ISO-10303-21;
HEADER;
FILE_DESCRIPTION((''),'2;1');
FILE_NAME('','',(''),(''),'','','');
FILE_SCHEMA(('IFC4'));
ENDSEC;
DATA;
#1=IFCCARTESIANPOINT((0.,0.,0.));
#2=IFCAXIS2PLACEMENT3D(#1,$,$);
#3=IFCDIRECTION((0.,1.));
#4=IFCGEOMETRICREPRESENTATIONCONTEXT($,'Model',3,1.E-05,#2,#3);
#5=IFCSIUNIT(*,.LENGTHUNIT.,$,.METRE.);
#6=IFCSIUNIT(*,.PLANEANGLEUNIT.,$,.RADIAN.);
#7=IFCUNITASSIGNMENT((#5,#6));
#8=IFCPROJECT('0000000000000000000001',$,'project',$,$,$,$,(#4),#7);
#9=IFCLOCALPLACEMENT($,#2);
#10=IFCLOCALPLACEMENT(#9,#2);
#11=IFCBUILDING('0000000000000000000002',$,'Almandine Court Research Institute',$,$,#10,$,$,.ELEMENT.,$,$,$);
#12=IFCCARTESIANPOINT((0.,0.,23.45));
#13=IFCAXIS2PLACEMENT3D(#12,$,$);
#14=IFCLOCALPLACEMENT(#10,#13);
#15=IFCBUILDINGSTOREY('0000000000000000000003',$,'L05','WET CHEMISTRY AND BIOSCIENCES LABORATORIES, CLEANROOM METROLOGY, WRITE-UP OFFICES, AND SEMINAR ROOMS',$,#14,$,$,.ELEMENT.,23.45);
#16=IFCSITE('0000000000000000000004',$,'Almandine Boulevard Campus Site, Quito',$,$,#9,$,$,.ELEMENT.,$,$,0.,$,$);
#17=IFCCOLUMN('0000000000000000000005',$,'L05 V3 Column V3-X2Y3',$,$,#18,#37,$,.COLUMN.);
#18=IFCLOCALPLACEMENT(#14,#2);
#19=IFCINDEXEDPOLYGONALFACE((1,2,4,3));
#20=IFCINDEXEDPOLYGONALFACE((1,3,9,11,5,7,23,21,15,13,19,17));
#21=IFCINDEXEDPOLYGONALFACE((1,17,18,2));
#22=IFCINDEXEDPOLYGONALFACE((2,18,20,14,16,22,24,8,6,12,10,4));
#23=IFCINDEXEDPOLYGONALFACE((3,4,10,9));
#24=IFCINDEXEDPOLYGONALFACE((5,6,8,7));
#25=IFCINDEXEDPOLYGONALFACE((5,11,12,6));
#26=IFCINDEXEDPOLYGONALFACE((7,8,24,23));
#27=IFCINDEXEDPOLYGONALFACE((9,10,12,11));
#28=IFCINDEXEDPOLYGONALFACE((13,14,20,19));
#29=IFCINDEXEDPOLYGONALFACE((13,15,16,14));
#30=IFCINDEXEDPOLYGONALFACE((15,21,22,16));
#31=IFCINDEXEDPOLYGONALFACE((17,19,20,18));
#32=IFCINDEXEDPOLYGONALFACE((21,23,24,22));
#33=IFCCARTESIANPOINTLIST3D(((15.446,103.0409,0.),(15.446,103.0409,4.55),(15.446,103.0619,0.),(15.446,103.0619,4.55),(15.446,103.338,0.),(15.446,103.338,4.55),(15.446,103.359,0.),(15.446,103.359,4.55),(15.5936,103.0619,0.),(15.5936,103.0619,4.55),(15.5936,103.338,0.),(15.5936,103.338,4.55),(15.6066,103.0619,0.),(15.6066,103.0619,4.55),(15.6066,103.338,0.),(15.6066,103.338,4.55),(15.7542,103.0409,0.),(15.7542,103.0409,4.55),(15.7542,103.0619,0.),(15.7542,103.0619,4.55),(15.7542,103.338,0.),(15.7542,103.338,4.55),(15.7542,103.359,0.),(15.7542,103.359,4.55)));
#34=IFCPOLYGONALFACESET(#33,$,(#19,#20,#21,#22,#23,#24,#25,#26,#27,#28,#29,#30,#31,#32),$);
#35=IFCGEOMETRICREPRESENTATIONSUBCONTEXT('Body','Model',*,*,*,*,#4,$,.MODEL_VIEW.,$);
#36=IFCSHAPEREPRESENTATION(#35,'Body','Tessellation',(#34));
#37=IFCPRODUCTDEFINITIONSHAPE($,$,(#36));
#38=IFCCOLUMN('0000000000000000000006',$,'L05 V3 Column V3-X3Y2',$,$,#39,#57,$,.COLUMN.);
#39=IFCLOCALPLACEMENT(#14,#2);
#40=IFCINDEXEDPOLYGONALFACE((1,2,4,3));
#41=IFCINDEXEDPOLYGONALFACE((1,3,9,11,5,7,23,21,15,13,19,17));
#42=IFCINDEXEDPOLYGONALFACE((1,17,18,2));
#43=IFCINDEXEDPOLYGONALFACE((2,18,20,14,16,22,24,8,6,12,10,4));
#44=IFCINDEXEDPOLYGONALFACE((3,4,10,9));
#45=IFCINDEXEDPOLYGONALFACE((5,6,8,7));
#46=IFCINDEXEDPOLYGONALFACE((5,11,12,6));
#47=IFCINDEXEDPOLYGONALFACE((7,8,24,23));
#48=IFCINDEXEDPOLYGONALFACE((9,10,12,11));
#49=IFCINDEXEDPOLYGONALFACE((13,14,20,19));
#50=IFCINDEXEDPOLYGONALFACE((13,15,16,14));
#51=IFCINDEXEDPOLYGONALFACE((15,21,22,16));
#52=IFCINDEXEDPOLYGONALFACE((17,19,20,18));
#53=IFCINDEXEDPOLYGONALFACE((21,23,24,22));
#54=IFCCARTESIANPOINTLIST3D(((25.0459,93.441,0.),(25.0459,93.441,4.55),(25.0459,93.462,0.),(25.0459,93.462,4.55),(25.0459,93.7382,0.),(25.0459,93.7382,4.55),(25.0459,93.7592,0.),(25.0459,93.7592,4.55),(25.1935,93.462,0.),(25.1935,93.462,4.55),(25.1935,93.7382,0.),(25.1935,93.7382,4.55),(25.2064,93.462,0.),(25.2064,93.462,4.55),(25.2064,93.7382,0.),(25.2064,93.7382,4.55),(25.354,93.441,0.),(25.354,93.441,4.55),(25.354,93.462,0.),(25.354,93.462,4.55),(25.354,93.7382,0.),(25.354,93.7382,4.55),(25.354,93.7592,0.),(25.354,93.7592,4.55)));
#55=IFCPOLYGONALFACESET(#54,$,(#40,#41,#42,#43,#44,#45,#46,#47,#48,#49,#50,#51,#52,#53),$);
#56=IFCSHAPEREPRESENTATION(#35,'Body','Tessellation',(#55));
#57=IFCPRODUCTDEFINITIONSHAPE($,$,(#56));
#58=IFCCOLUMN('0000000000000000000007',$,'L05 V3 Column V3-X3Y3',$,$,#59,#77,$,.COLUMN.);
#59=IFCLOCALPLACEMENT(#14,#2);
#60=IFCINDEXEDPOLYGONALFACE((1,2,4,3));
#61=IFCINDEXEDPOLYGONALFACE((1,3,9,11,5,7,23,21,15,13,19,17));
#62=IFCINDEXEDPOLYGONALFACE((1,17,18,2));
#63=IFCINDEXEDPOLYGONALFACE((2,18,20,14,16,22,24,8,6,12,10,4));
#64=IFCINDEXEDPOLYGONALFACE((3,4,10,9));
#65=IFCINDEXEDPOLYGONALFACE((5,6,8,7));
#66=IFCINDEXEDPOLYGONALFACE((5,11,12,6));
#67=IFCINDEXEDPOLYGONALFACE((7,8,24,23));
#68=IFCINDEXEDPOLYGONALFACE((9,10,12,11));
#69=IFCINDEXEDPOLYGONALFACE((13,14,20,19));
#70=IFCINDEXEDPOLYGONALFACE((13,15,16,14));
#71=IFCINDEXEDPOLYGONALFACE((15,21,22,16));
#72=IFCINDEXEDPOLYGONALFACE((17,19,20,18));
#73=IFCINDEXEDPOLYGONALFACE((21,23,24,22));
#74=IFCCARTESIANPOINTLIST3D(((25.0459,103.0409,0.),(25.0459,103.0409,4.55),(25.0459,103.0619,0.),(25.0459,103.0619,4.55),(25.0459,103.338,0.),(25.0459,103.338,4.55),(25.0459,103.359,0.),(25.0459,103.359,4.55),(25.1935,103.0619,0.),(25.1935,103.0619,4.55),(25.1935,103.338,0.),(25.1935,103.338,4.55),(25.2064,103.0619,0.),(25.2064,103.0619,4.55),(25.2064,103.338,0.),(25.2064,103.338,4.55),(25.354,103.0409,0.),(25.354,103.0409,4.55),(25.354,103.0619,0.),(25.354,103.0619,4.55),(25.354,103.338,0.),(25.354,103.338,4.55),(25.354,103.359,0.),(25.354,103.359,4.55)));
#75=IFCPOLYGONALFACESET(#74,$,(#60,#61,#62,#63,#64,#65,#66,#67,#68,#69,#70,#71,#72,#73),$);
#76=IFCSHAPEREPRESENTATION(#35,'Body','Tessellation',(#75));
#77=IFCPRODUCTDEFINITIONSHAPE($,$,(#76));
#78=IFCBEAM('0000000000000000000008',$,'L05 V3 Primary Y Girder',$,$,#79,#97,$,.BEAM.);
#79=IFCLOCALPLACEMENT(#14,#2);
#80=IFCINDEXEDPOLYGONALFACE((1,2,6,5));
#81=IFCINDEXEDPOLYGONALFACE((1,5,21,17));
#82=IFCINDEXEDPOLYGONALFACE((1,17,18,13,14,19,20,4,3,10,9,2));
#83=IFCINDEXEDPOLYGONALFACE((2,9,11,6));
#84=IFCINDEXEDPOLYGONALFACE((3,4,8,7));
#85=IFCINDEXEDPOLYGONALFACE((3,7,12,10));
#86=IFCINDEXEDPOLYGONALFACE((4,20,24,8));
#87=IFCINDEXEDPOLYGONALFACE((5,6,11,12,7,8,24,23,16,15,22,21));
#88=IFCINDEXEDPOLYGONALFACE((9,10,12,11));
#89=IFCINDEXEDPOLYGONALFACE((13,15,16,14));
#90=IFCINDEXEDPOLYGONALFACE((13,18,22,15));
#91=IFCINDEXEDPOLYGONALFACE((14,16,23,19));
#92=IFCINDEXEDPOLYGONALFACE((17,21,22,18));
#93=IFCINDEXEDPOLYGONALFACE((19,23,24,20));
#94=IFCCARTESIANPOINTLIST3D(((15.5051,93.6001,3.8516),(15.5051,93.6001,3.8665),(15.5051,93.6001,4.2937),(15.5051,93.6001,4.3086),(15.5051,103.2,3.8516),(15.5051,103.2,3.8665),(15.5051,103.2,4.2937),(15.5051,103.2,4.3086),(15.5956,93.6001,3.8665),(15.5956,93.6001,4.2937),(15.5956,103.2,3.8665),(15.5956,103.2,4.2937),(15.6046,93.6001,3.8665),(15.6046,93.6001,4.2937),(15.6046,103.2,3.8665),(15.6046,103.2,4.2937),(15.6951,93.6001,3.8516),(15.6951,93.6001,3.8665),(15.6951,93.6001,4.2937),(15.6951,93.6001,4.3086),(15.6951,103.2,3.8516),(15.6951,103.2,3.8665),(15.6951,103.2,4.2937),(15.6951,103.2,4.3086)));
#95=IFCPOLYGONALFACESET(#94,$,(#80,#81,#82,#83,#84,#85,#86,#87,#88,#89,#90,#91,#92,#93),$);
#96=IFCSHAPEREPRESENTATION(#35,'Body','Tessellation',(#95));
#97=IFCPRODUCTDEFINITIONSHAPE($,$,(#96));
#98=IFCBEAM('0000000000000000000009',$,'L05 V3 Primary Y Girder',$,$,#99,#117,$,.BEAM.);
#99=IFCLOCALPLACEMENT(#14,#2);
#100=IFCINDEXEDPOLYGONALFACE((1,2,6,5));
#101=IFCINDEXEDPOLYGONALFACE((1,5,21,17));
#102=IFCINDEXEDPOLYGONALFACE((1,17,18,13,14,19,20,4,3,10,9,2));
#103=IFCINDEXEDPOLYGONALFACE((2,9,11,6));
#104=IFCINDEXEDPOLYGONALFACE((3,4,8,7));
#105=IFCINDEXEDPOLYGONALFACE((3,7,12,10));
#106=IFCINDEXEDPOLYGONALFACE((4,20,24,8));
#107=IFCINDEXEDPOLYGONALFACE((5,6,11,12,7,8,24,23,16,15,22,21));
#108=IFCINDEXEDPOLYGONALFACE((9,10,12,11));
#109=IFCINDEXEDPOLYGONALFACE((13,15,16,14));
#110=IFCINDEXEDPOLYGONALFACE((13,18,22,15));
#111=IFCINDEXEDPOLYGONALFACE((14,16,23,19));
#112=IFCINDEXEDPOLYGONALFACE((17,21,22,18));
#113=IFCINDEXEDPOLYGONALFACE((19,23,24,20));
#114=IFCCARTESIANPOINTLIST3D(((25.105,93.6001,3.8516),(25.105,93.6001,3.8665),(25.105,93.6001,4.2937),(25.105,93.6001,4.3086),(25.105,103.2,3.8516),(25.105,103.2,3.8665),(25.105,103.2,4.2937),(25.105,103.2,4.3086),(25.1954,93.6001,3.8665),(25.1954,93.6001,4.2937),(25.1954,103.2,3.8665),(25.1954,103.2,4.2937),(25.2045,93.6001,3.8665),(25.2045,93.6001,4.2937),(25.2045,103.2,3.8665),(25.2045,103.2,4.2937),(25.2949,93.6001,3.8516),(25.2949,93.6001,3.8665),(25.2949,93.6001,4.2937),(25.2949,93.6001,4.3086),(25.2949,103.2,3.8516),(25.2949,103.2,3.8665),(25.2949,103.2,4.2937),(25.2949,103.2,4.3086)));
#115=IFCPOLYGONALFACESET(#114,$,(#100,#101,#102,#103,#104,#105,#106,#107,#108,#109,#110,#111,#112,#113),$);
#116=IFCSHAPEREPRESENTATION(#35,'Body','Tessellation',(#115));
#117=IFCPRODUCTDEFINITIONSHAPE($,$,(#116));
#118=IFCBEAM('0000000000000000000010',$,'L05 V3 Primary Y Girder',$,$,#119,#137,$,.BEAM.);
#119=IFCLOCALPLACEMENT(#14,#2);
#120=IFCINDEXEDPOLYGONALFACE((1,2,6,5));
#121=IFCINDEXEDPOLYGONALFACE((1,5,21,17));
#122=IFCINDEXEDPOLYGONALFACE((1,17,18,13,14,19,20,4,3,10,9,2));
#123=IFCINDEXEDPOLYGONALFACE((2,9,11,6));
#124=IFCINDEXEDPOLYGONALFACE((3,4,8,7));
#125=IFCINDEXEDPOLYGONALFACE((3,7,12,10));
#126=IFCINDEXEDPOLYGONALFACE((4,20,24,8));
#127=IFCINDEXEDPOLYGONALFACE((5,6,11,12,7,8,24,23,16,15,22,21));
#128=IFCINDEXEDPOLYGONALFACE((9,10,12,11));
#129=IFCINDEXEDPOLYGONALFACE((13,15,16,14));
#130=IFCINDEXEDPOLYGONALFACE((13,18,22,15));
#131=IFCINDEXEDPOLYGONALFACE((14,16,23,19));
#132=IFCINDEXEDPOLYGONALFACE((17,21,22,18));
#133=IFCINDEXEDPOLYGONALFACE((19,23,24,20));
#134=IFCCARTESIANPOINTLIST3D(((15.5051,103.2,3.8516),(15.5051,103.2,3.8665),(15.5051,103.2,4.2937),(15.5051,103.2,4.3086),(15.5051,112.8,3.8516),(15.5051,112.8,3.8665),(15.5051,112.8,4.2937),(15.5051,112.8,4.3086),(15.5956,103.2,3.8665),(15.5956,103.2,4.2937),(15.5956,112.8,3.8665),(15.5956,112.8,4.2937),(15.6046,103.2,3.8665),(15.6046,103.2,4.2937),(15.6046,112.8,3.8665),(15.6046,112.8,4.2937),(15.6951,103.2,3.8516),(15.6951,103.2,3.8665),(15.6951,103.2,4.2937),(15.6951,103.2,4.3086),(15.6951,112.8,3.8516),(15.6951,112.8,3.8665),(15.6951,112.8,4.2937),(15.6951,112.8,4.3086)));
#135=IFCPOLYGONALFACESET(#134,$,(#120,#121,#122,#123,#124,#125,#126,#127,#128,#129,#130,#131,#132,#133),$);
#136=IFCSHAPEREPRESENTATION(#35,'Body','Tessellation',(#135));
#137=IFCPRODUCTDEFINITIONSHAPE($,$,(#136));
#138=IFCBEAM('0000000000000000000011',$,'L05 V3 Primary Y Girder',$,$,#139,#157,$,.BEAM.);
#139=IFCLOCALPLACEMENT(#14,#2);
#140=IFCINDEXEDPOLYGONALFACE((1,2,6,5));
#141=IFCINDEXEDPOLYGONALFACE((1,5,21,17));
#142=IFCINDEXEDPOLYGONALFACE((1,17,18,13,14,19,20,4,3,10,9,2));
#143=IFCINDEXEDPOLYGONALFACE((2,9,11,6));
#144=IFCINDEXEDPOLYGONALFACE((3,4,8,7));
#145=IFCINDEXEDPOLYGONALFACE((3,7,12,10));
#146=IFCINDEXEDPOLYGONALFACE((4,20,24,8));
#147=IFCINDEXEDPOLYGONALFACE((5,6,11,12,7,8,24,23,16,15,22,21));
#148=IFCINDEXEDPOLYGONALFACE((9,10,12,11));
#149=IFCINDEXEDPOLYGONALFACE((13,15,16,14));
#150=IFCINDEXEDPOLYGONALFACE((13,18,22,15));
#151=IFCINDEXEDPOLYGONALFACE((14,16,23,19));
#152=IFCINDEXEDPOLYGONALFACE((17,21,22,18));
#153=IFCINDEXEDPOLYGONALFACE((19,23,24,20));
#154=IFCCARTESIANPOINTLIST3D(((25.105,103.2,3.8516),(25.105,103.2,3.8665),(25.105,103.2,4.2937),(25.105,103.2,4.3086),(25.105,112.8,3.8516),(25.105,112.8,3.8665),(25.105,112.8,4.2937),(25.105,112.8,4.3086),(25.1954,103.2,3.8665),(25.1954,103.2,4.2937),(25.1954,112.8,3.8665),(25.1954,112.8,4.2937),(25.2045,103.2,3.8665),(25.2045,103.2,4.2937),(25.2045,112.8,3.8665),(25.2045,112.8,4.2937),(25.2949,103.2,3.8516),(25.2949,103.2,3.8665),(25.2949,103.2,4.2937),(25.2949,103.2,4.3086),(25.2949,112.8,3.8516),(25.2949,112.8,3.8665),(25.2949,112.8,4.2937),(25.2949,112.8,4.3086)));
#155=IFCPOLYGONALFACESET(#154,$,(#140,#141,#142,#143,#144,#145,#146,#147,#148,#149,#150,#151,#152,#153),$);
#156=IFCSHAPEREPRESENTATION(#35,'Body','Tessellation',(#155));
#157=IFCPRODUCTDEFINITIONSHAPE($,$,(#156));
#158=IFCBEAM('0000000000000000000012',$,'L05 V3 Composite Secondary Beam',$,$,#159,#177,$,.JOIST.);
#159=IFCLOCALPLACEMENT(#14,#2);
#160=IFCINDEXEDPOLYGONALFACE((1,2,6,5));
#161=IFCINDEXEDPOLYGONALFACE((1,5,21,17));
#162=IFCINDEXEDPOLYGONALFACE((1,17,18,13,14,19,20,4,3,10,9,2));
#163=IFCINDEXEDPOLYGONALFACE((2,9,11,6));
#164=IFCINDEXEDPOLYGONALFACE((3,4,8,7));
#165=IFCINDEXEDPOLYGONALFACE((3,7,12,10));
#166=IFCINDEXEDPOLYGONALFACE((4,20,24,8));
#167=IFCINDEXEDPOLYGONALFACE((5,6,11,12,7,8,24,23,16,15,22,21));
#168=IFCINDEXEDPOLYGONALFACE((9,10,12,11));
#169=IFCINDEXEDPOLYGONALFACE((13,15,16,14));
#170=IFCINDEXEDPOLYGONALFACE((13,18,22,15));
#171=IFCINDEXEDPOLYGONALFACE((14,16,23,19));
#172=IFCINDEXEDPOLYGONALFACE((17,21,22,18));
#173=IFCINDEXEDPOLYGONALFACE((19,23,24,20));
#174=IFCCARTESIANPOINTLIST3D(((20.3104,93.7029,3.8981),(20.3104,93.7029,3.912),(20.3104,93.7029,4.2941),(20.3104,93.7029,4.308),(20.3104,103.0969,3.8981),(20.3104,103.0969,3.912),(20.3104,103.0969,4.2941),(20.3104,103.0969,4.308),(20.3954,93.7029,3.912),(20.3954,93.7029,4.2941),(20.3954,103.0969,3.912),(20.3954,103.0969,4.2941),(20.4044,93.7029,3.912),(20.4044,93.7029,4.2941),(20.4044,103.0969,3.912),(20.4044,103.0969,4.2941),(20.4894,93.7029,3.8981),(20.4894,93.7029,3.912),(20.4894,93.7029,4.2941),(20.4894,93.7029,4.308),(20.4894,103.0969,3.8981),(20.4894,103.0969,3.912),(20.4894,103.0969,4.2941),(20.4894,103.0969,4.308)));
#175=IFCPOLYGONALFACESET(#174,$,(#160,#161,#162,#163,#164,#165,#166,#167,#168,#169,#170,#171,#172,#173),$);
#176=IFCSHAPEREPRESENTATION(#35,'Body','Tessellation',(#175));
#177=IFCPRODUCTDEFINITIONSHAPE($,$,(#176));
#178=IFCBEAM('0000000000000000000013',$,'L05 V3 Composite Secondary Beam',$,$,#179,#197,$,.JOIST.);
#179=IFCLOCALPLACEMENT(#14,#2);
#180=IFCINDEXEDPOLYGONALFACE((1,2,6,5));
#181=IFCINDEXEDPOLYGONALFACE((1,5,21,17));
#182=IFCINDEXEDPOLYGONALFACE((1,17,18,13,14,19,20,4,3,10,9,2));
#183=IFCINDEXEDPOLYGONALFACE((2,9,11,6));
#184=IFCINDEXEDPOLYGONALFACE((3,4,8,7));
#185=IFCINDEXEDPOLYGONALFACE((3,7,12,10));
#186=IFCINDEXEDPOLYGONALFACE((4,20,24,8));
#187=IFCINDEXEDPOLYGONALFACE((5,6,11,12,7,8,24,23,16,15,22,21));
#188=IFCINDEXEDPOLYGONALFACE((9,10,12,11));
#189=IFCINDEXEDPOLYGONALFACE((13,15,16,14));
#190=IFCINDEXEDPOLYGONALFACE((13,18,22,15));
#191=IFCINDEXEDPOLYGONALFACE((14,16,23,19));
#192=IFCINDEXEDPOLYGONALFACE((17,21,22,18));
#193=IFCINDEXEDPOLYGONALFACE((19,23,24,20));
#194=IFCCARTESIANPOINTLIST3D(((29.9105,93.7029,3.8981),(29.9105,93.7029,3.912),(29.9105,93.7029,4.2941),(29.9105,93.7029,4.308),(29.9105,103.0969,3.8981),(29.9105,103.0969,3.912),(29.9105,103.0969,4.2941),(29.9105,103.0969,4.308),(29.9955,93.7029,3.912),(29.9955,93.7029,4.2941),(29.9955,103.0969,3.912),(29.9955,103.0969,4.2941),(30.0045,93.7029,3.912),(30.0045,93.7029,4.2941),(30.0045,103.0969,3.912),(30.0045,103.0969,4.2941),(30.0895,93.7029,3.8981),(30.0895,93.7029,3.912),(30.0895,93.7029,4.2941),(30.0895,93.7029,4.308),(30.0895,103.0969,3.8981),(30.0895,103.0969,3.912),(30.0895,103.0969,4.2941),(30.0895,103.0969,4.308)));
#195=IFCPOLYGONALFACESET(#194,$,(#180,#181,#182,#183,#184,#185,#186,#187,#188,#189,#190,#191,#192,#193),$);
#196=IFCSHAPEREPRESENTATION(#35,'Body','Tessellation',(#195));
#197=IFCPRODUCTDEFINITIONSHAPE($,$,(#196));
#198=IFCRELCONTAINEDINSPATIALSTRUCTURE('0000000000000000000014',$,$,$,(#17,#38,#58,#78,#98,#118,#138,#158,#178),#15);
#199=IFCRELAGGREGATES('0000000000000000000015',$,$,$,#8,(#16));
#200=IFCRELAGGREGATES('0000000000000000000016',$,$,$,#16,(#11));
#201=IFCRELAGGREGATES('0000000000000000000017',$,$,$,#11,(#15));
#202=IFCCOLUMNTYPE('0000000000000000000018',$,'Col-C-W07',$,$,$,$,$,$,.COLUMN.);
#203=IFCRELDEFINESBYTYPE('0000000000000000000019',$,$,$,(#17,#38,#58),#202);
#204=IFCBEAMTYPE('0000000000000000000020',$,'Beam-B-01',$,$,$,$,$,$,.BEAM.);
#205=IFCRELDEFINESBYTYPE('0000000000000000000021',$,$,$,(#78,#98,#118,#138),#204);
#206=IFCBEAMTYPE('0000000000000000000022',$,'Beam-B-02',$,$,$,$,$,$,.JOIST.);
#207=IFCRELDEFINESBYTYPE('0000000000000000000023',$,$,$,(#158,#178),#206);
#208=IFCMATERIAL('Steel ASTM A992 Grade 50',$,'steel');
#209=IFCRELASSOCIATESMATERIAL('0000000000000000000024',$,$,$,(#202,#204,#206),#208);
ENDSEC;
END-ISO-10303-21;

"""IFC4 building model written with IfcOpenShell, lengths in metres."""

from ifc_helpers import new_model, si_unit, direction, frame, origin, origin_2d, place, context, subcontext, project, spatial, i_section, extrude, material, material_profile, profile_set, type_object, element, save


model = new_model("IFC4")

# Units and contexts
model_context = context("Model", 3, precision=1e-05, world=origin(), true_north=direction((0.0, 1.0)))
body_context = subcontext(model_context, "Body", "Model", "MODEL_VIEW")
ifc_project = project(units=[si_unit("LENGTHUNIT", "METRE"), si_unit("PLANEANGLEUNIT", "RADIAN")], contexts=[model_context])

# Site, building, storey
site_placement = place(None, origin())
site = spatial("IfcSite", under=ifc_project, at=site_placement, Name="Almandine Boulevard Campus Site, Quito", CompositionType="ELEMENT", RefElevation=0.0)
building_placement = place(site_placement, origin())
building = spatial("IfcBuilding", under=site, at=building_placement, Name="Almandine Court Research Institute", CompositionType="ELEMENT")
storey_placement = place(building_placement, frame((0.0, 0.0, 23.45)))
storey = spatial("IfcBuildingStorey", under=building, at=storey_placement, Name="L05", Description="WET CHEMISTRY AND BIOSCIENCES LABORATORIES, CLEANROOM METROLOGY, WRITE-UP OFFICES, AND SEMINAR ROOMS", CompositionType="ELEMENT", Elevation=23.45)

# Columns
ifc_material_1 = material(Name="Steel ASTM A992 Grade 50", Category="steel")
ifc_material_profile_1 = material_profile(ifc_material_1, i_section(OverallWidth=0.3081, OverallDepth=0.3181, WebThickness=0.0129, FlangeThickness=0.021, at=origin_2d()), Name="W310x129")
ifc_profile_set_1 = profile_set([ifc_material_profile_1], Name="Steel ASTM A992 Grade 50")
column_type = type_object("IfcColumnType", Name="Col-C-W07", PredefinedType="COLUMN", material=ifc_profile_set_1)
for number, where, z_axis, x_axis, name in (
    (1, (15.6001, 103.2, 0.0), (0.0, 0.0, 1.0), (1.0, 0.0, 0.0), "L05 V3 Column V3-X2Y3"),
    (2, (25.2, 93.6001, 0.0), (0.0, 0.0, 1.0), (1.0, 0.0, 0.0), "L05 V3 Column V3-X3Y2"),
    (3, (25.2, 103.2, 0.0), (0.0, 0.0, 1.0), (1.0, 0.0, 0.0), "L05 V3 Column V3-X3Y3"),
):
    element("IfcColumn", number, at=place(storey_placement, frame(where, z_axis=z_axis, x_axis=x_axis)), inside=storey, type_object=column_type, Name=name, PredefinedType="COLUMN", context=body_context, shape_type="SweptSolid", body=[
        extrude(i_section(OverallWidth=0.3081, OverallDepth=0.3181, WebThickness=0.0129, FlangeThickness=0.021, at=origin_2d()), origin(), (0.0, 0.0, 1.0), 4.55),
    ])

# Beams
ifc_material_profile_2 = material_profile(ifc_material_1, i_section(OverallWidth=0.1899, OverallDepth=0.457, WebThickness=0.009, FlangeThickness=0.0149, at=origin_2d()), Name="W460x74")
ifc_profile_set_2 = profile_set([ifc_material_profile_2], Name="Steel ASTM A992 Grade 50")
beam_type_1 = type_object("IfcBeamType", Name="Beam-B-01", PredefinedType="BEAM", material=ifc_profile_set_2)
for number, where, z_axis, x_axis, name in (
    (4, (15.6001, 93.6001, 4.0801), (0.0, 1.0, 0.0), (-1.0, 0.0, 0.0), "L05 V3 Primary Y Girder"),
    (5, (25.2, 93.6001, 4.0801), (0.0, 1.0, 0.0), (-1.0, 0.0, 0.0), "L05 V3 Primary Y Girder"),
):
    element("IfcBeam", number, at=place(storey_placement, frame(where, z_axis=z_axis, x_axis=x_axis)), inside=storey, type_object=beam_type_1, Name=name, PredefinedType="BEAM", context=body_context, shape_type="SweptSolid", body=[
        extrude(i_section(OverallWidth=0.1899, OverallDepth=0.457, WebThickness=0.009, FlangeThickness=0.0149, at=origin_2d()), origin(), (0.0, 0.0, 1.0), 9.5999),
    ])
for number, where, z_axis, x_axis, name in (
    (6, (15.6001, 103.2, 4.0801), (0.0, 1.0, 0.0), (-1.0, 0.0, 0.0), "L05 V3 Primary Y Girder"),
    (7, (25.2, 103.2, 4.0801), (0.0, 1.0, 0.0), (-1.0, 0.0, 0.0), "L05 V3 Primary Y Girder"),
):
    element("IfcBeam", number, at=place(storey_placement, frame(where, z_axis=z_axis, x_axis=x_axis)), inside=storey, type_object=beam_type_1, Name=name, PredefinedType="BEAM", context=body_context, shape_type="SweptSolid", body=[
        extrude(i_section(OverallWidth=0.1899, OverallDepth=0.457, WebThickness=0.009, FlangeThickness=0.0149, at=origin_2d()), origin(), (0.0, 0.0, 1.0), 9.6001),
    ])
ifc_material_profile_3 = material_profile(ifc_material_1, i_section(OverallWidth=0.179, OverallDepth=0.4099, WebThickness=0.009, FlangeThickness=0.0139, at=origin_2d()), Name="W410x67")
ifc_profile_set_3 = profile_set([ifc_material_profile_3], Name="Steel ASTM A992 Grade 50")
beam_type_2 = type_object("IfcBeamType", Name="Beam-B-02", PredefinedType="JOIST", material=ifc_profile_set_3)
for number, where, z_axis, x_axis, name in (
    (8, (20.3999, 93.7029, 4.103), (0.0, 1.0, 0.0), (-1.0, 0.0, 0.0), "L05 V3 Composite Secondary Beam"),
    (9, (30.0, 93.7029, 4.103), (0.0, 1.0, 0.0), (-1.0, 0.0, 0.0), "L05 V3 Composite Secondary Beam"),
):
    element("IfcBeam", number, at=place(storey_placement, frame(where, z_axis=z_axis, x_axis=x_axis)), inside=storey, type_object=beam_type_2, Name=name, PredefinedType="JOIST", context=body_context, shape_type="SweptSolid", body=[
        extrude(i_section(OverallWidth=0.179, OverallDepth=0.4099, WebThickness=0.009, FlangeThickness=0.0139, at=origin_2d()), origin(), (0.0, 0.0, 1.0), 9.394),
    ])

save(model, "model.ifc")
